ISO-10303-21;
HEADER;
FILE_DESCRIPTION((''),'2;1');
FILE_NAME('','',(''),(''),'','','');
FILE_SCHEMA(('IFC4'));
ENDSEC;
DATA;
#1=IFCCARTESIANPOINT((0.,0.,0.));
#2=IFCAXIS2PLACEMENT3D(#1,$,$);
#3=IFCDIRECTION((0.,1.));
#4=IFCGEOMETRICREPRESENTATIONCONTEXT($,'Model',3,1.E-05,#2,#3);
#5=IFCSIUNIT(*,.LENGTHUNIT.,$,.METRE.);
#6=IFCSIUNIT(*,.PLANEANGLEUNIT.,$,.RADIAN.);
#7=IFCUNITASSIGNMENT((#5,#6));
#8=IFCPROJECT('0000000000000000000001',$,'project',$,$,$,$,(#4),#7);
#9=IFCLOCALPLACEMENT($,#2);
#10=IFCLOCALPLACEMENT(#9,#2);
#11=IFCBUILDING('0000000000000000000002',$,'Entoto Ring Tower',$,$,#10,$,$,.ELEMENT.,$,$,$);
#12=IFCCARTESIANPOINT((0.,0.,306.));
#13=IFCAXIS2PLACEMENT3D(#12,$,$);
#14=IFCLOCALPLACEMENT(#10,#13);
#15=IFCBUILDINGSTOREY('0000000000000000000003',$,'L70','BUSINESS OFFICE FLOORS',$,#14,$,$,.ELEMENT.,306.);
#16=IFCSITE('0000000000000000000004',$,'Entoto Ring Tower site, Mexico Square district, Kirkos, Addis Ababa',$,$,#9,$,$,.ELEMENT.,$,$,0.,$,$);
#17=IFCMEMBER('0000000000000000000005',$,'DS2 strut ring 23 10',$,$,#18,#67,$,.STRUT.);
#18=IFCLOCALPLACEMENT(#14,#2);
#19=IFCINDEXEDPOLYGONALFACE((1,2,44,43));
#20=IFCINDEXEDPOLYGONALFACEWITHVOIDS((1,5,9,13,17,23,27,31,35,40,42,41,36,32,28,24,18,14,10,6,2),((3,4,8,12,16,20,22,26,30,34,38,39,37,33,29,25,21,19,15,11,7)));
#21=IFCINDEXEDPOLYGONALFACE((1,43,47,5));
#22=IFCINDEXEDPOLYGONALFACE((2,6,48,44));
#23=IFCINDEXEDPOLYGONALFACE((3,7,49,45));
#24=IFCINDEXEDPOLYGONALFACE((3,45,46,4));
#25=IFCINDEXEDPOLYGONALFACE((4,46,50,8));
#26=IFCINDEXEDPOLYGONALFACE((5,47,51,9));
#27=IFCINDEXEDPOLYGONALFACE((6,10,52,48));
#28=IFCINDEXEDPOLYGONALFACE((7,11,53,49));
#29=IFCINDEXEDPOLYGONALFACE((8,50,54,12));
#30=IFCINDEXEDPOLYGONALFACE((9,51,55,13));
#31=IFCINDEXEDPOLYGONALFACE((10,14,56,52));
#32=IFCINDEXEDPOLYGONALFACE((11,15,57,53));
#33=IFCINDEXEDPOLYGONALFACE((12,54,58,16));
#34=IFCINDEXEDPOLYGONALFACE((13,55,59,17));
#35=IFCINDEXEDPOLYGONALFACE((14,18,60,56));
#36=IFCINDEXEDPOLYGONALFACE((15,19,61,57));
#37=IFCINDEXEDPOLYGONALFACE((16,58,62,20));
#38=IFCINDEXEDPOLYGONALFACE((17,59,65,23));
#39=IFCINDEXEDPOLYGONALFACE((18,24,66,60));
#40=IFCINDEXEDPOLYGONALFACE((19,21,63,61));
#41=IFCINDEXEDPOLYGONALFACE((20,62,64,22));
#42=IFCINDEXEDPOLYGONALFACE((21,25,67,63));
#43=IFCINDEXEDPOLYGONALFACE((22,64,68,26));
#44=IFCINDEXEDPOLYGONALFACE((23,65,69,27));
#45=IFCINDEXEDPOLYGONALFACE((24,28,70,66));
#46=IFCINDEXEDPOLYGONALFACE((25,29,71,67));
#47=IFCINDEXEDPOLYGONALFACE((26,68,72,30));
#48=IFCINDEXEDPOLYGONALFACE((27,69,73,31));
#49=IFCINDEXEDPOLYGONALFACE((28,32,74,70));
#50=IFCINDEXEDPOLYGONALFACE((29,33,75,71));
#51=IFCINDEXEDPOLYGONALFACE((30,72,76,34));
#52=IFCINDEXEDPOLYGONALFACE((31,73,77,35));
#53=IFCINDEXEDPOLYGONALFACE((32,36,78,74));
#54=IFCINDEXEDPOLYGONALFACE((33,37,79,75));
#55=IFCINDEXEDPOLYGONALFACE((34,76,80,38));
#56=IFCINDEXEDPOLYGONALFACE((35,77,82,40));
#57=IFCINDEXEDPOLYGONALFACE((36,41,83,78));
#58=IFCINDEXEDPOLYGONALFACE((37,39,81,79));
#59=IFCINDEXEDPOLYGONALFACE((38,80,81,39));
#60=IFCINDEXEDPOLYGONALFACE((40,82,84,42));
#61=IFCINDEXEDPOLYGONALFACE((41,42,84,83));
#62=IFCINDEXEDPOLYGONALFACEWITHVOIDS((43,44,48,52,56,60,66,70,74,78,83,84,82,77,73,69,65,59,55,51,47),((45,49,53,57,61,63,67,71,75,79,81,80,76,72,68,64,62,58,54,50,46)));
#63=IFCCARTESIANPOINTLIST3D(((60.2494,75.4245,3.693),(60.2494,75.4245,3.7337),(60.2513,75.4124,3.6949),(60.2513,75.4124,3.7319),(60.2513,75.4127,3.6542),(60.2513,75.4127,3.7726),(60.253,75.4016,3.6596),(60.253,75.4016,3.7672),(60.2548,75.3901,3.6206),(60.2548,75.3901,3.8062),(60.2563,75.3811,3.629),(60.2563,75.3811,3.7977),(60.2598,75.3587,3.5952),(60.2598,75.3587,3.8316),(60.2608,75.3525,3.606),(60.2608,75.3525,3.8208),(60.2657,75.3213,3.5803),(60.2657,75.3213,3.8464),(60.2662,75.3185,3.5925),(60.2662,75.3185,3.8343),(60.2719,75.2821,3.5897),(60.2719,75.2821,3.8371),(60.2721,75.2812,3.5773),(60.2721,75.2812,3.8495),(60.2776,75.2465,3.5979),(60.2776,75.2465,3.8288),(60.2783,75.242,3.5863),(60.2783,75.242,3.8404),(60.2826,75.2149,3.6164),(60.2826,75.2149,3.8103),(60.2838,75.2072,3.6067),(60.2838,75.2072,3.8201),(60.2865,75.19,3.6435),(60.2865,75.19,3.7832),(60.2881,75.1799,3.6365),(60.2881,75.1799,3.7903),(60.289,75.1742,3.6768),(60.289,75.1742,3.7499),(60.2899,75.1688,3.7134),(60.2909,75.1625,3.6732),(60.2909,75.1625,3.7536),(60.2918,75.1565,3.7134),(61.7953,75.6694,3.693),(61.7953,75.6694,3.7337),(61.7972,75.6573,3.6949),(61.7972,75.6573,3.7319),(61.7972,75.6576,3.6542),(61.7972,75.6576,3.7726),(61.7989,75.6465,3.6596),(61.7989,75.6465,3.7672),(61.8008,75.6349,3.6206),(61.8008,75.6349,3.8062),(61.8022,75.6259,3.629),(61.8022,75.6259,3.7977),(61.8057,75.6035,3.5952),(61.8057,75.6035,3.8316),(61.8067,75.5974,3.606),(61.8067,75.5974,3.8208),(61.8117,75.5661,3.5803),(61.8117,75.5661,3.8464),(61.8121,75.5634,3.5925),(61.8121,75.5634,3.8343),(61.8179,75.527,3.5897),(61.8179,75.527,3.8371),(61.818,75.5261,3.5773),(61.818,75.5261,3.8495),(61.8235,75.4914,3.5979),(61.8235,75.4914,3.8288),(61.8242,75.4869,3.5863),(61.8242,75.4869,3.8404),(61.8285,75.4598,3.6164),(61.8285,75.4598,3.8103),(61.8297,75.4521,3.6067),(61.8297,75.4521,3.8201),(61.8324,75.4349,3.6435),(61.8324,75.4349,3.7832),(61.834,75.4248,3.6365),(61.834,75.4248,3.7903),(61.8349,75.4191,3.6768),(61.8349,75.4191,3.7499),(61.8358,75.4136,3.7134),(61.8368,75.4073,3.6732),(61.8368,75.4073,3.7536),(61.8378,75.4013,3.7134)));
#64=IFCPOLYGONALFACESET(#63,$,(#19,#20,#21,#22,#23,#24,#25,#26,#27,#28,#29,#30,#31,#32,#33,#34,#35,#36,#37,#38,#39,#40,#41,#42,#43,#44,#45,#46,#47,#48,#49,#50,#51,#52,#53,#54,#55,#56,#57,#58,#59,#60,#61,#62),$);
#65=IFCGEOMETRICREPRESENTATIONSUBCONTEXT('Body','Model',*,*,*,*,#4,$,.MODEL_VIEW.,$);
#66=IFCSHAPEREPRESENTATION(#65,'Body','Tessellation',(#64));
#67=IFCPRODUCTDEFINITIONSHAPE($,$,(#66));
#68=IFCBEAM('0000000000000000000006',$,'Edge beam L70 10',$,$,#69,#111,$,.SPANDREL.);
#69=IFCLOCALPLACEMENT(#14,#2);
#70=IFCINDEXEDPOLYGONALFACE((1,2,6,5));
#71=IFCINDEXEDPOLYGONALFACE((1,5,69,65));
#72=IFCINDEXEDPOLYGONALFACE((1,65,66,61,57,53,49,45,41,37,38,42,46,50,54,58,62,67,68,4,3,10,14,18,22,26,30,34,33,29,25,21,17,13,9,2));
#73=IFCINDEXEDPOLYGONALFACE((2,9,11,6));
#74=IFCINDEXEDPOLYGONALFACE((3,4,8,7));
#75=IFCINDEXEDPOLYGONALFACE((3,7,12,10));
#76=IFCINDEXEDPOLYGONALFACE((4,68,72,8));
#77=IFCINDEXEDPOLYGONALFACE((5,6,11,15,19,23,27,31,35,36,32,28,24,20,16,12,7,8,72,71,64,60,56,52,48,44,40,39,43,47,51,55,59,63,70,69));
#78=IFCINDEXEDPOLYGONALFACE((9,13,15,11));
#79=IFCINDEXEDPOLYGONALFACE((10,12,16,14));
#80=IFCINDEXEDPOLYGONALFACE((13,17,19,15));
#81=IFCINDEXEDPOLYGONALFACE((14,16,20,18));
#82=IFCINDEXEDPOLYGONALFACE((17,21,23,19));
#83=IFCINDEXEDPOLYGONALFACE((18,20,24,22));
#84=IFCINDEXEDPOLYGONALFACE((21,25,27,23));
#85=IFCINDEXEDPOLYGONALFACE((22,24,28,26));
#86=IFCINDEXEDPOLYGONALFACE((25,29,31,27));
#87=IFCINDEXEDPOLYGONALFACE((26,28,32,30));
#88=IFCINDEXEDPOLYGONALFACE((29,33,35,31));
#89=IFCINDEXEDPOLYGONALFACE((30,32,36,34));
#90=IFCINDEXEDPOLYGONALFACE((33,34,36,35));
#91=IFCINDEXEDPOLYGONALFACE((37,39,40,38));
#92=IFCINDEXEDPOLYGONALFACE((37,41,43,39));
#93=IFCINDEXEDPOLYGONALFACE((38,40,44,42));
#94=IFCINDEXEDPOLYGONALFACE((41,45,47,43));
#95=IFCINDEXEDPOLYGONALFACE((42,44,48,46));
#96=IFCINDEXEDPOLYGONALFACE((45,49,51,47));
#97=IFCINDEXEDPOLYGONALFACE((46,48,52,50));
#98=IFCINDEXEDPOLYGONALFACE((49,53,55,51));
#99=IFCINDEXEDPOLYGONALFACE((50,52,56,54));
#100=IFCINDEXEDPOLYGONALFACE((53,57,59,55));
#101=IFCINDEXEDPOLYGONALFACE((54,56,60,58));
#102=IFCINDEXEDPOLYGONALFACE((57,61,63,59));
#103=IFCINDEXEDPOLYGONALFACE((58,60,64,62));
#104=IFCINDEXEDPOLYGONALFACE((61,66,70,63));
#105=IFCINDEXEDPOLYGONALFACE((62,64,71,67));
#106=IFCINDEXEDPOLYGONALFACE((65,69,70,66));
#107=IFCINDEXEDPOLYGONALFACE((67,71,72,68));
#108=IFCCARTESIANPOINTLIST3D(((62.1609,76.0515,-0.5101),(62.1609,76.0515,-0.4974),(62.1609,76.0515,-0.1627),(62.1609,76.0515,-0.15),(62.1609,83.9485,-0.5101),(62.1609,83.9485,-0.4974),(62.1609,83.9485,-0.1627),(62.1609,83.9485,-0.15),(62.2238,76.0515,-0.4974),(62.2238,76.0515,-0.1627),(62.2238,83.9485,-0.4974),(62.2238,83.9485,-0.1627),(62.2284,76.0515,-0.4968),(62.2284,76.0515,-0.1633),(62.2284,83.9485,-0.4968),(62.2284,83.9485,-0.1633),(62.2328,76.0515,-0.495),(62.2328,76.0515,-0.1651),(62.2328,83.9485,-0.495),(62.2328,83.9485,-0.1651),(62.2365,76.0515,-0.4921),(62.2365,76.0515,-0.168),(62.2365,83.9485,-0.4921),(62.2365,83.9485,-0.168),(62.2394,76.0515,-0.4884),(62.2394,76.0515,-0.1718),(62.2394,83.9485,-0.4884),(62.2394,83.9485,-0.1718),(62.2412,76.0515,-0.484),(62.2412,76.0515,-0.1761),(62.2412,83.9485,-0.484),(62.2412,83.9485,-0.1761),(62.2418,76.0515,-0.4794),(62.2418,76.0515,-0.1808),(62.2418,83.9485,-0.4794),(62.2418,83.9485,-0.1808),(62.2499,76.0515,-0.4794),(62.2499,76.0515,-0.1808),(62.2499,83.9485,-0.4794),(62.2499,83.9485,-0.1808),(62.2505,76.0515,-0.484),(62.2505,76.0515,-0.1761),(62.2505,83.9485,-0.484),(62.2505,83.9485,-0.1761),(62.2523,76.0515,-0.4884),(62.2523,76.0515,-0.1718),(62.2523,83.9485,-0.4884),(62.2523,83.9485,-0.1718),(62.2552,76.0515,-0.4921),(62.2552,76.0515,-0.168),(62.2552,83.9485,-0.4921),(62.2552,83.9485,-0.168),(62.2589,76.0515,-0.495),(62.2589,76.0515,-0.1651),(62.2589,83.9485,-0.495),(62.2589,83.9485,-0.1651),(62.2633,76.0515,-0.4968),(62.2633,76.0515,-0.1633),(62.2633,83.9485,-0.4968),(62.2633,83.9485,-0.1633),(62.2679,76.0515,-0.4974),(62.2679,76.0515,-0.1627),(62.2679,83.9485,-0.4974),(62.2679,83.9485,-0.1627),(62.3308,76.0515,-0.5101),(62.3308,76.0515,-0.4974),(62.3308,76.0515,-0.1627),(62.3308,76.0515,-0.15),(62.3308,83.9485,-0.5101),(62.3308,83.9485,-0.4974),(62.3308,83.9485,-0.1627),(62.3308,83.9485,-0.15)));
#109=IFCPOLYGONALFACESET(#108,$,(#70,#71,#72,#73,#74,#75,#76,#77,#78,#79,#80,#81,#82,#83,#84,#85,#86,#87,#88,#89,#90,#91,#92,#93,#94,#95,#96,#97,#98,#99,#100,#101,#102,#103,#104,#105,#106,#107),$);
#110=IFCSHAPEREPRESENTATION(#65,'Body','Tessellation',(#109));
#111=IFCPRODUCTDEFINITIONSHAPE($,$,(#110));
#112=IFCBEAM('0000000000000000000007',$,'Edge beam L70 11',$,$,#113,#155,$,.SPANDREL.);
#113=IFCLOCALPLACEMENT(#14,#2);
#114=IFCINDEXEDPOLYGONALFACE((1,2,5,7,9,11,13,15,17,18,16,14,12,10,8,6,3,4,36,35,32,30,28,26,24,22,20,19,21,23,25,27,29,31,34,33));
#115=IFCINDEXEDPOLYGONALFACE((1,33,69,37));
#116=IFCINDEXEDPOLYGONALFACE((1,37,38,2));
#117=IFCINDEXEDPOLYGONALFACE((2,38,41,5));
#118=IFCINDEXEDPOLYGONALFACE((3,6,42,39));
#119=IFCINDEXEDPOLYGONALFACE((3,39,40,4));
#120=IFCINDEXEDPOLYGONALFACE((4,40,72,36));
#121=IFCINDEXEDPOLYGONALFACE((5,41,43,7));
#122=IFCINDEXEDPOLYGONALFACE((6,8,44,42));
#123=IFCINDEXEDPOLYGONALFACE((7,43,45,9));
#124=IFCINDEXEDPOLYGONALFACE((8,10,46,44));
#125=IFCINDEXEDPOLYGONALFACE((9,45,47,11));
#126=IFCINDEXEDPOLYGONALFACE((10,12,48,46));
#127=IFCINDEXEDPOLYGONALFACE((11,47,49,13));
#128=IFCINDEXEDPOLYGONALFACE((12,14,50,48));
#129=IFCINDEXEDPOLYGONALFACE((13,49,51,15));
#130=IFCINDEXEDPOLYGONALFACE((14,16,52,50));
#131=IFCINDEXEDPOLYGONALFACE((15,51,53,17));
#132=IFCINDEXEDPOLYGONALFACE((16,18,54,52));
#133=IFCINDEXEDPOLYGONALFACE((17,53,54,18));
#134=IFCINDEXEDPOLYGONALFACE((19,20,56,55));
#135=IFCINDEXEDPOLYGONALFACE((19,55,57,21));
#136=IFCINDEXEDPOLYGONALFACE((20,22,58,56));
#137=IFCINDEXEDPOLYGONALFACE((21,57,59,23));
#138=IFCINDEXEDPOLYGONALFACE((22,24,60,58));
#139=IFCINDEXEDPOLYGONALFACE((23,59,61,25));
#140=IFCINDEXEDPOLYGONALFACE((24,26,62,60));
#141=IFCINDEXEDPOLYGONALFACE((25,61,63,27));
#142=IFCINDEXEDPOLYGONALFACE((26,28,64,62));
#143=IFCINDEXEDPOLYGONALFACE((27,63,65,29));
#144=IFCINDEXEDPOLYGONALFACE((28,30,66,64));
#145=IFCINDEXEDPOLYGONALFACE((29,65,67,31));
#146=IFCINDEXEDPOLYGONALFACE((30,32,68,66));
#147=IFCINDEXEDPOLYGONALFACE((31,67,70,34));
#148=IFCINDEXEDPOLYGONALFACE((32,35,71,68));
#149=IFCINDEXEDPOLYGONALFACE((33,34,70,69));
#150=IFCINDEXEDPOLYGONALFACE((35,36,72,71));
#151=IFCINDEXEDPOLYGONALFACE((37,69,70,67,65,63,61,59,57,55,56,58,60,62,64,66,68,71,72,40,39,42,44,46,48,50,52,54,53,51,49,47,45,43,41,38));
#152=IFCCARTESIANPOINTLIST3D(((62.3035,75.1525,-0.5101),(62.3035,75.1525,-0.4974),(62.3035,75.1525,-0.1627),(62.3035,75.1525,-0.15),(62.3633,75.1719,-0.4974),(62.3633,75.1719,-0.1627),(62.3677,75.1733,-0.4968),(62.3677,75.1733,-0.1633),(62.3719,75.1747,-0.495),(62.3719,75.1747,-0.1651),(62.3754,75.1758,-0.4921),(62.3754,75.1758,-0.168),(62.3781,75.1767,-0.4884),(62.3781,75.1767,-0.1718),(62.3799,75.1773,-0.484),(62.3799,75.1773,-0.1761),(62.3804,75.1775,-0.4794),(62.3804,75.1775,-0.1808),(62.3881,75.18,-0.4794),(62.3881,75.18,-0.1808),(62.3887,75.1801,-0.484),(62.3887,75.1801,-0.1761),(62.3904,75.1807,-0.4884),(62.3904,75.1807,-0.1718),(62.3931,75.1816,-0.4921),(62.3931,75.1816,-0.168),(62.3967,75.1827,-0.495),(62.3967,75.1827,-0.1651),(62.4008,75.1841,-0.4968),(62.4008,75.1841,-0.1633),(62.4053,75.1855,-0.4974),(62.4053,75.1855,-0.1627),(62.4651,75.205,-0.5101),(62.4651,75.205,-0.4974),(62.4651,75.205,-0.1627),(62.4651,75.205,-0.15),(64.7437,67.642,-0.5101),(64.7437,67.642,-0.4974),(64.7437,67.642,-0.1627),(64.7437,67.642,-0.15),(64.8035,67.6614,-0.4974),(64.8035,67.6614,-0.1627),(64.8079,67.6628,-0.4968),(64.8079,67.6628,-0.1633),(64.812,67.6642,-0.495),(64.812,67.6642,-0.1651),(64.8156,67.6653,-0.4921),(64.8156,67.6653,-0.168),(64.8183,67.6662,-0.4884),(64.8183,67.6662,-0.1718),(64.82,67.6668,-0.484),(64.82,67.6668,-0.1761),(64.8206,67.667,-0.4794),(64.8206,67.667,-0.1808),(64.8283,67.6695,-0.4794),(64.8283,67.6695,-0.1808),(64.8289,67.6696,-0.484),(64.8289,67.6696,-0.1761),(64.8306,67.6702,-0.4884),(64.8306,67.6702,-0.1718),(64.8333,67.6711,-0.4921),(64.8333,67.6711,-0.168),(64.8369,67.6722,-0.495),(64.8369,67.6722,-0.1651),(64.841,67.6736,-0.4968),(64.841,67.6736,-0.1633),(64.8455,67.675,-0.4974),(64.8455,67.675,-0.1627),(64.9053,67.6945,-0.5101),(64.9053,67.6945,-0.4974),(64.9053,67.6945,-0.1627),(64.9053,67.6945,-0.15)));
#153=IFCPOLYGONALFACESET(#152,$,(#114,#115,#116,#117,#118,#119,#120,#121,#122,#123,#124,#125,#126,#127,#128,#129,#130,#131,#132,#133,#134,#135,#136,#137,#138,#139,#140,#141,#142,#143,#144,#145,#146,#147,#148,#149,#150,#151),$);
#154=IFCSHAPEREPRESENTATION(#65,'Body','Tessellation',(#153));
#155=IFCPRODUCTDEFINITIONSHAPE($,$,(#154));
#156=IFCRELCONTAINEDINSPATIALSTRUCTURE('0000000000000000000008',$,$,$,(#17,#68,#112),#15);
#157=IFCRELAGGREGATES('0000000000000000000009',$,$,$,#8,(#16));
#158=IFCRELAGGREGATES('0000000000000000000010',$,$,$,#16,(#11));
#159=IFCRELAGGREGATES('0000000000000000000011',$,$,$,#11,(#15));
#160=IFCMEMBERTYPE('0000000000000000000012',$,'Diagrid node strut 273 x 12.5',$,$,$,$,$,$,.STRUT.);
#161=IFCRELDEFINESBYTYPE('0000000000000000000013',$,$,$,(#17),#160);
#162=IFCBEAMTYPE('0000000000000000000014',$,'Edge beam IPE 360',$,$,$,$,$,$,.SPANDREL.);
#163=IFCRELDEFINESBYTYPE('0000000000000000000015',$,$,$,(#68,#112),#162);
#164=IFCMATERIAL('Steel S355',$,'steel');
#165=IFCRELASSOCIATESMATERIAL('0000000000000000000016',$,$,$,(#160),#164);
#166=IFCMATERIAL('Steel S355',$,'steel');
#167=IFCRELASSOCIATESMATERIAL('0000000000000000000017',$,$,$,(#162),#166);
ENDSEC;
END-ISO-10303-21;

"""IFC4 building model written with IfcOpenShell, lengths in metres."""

from ifc_helpers import new_model, si_unit, direction, frame, origin, origin_2d, place, context, subcontext, project, spatial, circle, hollow_circle, i_section, extrude, material, material_profile, profile_set, type_object, element, save


model = new_model("IFC4")

# Units and contexts
model_context = context("Model", 3, precision=1e-05, world=origin(), true_north=direction((0.0, 1.0)))
body_context = subcontext(model_context, "Body", "Model", "MODEL_VIEW")
ifc_project = project(units=[si_unit("LENGTHUNIT", "METRE"), si_unit("PLANEANGLEUNIT", "RADIAN")], contexts=[model_context])

# Site, building, storey
site_placement = place(None, origin())
site = spatial("IfcSite", under=ifc_project, at=site_placement, Name="Entoto Ring Tower site, Mexico Square district, Kirkos, Addis Ababa", CompositionType="ELEMENT", RefElevation=0.0)
building_placement = place(site_placement, origin())
building = spatial("IfcBuilding", under=site, at=building_placement, Name="Entoto Ring Tower", CompositionType="ELEMENT")
storey_placement = place(building_placement, frame((0.0, 0.0, 306.0)))
storey = spatial("IfcBuildingStorey", under=building, at=storey_placement, Name="L70", Description="BUSINESS OFFICE FLOORS", CompositionType="ELEMENT", Elevation=306.0)

# Member
ifc_material_1 = material(Name="Steel S355", Category="steel")
ifc_material_profile_1 = material_profile(ifc_material_1, hollow_circle(Radius=0.1365, WallThickness=0.0125, at=origin_2d()), Name="CHS 273 x 12.5")
ifc_material_2 = material(Name="Concrete C60/75", Category="concrete")
ifc_material_profile_2 = material_profile(ifc_material_2, circle(Radius=0.124, at=origin_2d()), Name="Concrete C60/75 infill")
ifc_profile_set_1 = profile_set([ifc_material_profile_1, ifc_material_profile_2], Name="Steel S355")
member_type = type_object("IfcMemberType", Name="Diagrid node strut 273 x 12.5", PredefinedType="STRUT", material=ifc_profile_set_1)
member_placement = place(storey_placement, frame((61.8164, 75.5361, 3.7134), z_axis=(-0.987686, -0.156451, 0.0), x_axis=(0.156451, -0.987686, 0.0)))
element("IfcMember", 1, at=member_placement, inside=storey, type_object=member_type, Name="DS2 strut ring 23 10", PredefinedType="STRUT", context=body_context, shape_type="SweptSolid", body=[
    extrude(hollow_circle(Radius=0.1365, WallThickness=0.0125, at=origin_2d()), origin(), (0.0, 0.0, 1.0), 1.5652),
])

# Beams
ifc_material_3 = material(Name="Steel S355", Category="steel")
ifc_material_profile_3 = material_profile(ifc_material_3, i_section(OverallWidth=0.1699, OverallDepth=0.3601, WebThickness=0.0081, FlangeThickness=0.0127, FilletRadius=0.0181, at=origin_2d()), Name="IPE 360")
ifc_profile_set_2 = profile_set([ifc_material_profile_3], Name="Steel S355")
beam_type_1 = type_object("IfcBeamType", Name="Edge beam IPE 360", PredefinedType="SPANDREL", material=ifc_profile_set_2)
for number, where, z_axis, x_axis, name in (
    (2, (62.2458, 83.9485, -0.3301), (0.0, -1.0, 0.0), (1.0, 0.0, 0.0), "Edge beam L70 10"),
    (3, (62.3843, 75.1787, -0.3301), (0.309003, -0.951061, 0.0), (0.951061, 0.309003, 0.0), "Edge beam L70 11"),
):
    element("IfcBeam", number, at=place(storey_placement, frame(where, z_axis=z_axis, x_axis=x_axis)), inside=storey, type_object=beam_type_1, Name=name, PredefinedType="SPANDREL", context=body_context, shape_type="SweptSolid", body=[
        extrude(i_section(OverallWidth=0.1699, OverallDepth=0.3601, WebThickness=0.0081, FlangeThickness=0.0127, FilletRadius=0.0181, at=origin_2d()), origin(), (0.0, 0.0, 1.0), 7.897),
    ])

save(model, "model.ifc")
